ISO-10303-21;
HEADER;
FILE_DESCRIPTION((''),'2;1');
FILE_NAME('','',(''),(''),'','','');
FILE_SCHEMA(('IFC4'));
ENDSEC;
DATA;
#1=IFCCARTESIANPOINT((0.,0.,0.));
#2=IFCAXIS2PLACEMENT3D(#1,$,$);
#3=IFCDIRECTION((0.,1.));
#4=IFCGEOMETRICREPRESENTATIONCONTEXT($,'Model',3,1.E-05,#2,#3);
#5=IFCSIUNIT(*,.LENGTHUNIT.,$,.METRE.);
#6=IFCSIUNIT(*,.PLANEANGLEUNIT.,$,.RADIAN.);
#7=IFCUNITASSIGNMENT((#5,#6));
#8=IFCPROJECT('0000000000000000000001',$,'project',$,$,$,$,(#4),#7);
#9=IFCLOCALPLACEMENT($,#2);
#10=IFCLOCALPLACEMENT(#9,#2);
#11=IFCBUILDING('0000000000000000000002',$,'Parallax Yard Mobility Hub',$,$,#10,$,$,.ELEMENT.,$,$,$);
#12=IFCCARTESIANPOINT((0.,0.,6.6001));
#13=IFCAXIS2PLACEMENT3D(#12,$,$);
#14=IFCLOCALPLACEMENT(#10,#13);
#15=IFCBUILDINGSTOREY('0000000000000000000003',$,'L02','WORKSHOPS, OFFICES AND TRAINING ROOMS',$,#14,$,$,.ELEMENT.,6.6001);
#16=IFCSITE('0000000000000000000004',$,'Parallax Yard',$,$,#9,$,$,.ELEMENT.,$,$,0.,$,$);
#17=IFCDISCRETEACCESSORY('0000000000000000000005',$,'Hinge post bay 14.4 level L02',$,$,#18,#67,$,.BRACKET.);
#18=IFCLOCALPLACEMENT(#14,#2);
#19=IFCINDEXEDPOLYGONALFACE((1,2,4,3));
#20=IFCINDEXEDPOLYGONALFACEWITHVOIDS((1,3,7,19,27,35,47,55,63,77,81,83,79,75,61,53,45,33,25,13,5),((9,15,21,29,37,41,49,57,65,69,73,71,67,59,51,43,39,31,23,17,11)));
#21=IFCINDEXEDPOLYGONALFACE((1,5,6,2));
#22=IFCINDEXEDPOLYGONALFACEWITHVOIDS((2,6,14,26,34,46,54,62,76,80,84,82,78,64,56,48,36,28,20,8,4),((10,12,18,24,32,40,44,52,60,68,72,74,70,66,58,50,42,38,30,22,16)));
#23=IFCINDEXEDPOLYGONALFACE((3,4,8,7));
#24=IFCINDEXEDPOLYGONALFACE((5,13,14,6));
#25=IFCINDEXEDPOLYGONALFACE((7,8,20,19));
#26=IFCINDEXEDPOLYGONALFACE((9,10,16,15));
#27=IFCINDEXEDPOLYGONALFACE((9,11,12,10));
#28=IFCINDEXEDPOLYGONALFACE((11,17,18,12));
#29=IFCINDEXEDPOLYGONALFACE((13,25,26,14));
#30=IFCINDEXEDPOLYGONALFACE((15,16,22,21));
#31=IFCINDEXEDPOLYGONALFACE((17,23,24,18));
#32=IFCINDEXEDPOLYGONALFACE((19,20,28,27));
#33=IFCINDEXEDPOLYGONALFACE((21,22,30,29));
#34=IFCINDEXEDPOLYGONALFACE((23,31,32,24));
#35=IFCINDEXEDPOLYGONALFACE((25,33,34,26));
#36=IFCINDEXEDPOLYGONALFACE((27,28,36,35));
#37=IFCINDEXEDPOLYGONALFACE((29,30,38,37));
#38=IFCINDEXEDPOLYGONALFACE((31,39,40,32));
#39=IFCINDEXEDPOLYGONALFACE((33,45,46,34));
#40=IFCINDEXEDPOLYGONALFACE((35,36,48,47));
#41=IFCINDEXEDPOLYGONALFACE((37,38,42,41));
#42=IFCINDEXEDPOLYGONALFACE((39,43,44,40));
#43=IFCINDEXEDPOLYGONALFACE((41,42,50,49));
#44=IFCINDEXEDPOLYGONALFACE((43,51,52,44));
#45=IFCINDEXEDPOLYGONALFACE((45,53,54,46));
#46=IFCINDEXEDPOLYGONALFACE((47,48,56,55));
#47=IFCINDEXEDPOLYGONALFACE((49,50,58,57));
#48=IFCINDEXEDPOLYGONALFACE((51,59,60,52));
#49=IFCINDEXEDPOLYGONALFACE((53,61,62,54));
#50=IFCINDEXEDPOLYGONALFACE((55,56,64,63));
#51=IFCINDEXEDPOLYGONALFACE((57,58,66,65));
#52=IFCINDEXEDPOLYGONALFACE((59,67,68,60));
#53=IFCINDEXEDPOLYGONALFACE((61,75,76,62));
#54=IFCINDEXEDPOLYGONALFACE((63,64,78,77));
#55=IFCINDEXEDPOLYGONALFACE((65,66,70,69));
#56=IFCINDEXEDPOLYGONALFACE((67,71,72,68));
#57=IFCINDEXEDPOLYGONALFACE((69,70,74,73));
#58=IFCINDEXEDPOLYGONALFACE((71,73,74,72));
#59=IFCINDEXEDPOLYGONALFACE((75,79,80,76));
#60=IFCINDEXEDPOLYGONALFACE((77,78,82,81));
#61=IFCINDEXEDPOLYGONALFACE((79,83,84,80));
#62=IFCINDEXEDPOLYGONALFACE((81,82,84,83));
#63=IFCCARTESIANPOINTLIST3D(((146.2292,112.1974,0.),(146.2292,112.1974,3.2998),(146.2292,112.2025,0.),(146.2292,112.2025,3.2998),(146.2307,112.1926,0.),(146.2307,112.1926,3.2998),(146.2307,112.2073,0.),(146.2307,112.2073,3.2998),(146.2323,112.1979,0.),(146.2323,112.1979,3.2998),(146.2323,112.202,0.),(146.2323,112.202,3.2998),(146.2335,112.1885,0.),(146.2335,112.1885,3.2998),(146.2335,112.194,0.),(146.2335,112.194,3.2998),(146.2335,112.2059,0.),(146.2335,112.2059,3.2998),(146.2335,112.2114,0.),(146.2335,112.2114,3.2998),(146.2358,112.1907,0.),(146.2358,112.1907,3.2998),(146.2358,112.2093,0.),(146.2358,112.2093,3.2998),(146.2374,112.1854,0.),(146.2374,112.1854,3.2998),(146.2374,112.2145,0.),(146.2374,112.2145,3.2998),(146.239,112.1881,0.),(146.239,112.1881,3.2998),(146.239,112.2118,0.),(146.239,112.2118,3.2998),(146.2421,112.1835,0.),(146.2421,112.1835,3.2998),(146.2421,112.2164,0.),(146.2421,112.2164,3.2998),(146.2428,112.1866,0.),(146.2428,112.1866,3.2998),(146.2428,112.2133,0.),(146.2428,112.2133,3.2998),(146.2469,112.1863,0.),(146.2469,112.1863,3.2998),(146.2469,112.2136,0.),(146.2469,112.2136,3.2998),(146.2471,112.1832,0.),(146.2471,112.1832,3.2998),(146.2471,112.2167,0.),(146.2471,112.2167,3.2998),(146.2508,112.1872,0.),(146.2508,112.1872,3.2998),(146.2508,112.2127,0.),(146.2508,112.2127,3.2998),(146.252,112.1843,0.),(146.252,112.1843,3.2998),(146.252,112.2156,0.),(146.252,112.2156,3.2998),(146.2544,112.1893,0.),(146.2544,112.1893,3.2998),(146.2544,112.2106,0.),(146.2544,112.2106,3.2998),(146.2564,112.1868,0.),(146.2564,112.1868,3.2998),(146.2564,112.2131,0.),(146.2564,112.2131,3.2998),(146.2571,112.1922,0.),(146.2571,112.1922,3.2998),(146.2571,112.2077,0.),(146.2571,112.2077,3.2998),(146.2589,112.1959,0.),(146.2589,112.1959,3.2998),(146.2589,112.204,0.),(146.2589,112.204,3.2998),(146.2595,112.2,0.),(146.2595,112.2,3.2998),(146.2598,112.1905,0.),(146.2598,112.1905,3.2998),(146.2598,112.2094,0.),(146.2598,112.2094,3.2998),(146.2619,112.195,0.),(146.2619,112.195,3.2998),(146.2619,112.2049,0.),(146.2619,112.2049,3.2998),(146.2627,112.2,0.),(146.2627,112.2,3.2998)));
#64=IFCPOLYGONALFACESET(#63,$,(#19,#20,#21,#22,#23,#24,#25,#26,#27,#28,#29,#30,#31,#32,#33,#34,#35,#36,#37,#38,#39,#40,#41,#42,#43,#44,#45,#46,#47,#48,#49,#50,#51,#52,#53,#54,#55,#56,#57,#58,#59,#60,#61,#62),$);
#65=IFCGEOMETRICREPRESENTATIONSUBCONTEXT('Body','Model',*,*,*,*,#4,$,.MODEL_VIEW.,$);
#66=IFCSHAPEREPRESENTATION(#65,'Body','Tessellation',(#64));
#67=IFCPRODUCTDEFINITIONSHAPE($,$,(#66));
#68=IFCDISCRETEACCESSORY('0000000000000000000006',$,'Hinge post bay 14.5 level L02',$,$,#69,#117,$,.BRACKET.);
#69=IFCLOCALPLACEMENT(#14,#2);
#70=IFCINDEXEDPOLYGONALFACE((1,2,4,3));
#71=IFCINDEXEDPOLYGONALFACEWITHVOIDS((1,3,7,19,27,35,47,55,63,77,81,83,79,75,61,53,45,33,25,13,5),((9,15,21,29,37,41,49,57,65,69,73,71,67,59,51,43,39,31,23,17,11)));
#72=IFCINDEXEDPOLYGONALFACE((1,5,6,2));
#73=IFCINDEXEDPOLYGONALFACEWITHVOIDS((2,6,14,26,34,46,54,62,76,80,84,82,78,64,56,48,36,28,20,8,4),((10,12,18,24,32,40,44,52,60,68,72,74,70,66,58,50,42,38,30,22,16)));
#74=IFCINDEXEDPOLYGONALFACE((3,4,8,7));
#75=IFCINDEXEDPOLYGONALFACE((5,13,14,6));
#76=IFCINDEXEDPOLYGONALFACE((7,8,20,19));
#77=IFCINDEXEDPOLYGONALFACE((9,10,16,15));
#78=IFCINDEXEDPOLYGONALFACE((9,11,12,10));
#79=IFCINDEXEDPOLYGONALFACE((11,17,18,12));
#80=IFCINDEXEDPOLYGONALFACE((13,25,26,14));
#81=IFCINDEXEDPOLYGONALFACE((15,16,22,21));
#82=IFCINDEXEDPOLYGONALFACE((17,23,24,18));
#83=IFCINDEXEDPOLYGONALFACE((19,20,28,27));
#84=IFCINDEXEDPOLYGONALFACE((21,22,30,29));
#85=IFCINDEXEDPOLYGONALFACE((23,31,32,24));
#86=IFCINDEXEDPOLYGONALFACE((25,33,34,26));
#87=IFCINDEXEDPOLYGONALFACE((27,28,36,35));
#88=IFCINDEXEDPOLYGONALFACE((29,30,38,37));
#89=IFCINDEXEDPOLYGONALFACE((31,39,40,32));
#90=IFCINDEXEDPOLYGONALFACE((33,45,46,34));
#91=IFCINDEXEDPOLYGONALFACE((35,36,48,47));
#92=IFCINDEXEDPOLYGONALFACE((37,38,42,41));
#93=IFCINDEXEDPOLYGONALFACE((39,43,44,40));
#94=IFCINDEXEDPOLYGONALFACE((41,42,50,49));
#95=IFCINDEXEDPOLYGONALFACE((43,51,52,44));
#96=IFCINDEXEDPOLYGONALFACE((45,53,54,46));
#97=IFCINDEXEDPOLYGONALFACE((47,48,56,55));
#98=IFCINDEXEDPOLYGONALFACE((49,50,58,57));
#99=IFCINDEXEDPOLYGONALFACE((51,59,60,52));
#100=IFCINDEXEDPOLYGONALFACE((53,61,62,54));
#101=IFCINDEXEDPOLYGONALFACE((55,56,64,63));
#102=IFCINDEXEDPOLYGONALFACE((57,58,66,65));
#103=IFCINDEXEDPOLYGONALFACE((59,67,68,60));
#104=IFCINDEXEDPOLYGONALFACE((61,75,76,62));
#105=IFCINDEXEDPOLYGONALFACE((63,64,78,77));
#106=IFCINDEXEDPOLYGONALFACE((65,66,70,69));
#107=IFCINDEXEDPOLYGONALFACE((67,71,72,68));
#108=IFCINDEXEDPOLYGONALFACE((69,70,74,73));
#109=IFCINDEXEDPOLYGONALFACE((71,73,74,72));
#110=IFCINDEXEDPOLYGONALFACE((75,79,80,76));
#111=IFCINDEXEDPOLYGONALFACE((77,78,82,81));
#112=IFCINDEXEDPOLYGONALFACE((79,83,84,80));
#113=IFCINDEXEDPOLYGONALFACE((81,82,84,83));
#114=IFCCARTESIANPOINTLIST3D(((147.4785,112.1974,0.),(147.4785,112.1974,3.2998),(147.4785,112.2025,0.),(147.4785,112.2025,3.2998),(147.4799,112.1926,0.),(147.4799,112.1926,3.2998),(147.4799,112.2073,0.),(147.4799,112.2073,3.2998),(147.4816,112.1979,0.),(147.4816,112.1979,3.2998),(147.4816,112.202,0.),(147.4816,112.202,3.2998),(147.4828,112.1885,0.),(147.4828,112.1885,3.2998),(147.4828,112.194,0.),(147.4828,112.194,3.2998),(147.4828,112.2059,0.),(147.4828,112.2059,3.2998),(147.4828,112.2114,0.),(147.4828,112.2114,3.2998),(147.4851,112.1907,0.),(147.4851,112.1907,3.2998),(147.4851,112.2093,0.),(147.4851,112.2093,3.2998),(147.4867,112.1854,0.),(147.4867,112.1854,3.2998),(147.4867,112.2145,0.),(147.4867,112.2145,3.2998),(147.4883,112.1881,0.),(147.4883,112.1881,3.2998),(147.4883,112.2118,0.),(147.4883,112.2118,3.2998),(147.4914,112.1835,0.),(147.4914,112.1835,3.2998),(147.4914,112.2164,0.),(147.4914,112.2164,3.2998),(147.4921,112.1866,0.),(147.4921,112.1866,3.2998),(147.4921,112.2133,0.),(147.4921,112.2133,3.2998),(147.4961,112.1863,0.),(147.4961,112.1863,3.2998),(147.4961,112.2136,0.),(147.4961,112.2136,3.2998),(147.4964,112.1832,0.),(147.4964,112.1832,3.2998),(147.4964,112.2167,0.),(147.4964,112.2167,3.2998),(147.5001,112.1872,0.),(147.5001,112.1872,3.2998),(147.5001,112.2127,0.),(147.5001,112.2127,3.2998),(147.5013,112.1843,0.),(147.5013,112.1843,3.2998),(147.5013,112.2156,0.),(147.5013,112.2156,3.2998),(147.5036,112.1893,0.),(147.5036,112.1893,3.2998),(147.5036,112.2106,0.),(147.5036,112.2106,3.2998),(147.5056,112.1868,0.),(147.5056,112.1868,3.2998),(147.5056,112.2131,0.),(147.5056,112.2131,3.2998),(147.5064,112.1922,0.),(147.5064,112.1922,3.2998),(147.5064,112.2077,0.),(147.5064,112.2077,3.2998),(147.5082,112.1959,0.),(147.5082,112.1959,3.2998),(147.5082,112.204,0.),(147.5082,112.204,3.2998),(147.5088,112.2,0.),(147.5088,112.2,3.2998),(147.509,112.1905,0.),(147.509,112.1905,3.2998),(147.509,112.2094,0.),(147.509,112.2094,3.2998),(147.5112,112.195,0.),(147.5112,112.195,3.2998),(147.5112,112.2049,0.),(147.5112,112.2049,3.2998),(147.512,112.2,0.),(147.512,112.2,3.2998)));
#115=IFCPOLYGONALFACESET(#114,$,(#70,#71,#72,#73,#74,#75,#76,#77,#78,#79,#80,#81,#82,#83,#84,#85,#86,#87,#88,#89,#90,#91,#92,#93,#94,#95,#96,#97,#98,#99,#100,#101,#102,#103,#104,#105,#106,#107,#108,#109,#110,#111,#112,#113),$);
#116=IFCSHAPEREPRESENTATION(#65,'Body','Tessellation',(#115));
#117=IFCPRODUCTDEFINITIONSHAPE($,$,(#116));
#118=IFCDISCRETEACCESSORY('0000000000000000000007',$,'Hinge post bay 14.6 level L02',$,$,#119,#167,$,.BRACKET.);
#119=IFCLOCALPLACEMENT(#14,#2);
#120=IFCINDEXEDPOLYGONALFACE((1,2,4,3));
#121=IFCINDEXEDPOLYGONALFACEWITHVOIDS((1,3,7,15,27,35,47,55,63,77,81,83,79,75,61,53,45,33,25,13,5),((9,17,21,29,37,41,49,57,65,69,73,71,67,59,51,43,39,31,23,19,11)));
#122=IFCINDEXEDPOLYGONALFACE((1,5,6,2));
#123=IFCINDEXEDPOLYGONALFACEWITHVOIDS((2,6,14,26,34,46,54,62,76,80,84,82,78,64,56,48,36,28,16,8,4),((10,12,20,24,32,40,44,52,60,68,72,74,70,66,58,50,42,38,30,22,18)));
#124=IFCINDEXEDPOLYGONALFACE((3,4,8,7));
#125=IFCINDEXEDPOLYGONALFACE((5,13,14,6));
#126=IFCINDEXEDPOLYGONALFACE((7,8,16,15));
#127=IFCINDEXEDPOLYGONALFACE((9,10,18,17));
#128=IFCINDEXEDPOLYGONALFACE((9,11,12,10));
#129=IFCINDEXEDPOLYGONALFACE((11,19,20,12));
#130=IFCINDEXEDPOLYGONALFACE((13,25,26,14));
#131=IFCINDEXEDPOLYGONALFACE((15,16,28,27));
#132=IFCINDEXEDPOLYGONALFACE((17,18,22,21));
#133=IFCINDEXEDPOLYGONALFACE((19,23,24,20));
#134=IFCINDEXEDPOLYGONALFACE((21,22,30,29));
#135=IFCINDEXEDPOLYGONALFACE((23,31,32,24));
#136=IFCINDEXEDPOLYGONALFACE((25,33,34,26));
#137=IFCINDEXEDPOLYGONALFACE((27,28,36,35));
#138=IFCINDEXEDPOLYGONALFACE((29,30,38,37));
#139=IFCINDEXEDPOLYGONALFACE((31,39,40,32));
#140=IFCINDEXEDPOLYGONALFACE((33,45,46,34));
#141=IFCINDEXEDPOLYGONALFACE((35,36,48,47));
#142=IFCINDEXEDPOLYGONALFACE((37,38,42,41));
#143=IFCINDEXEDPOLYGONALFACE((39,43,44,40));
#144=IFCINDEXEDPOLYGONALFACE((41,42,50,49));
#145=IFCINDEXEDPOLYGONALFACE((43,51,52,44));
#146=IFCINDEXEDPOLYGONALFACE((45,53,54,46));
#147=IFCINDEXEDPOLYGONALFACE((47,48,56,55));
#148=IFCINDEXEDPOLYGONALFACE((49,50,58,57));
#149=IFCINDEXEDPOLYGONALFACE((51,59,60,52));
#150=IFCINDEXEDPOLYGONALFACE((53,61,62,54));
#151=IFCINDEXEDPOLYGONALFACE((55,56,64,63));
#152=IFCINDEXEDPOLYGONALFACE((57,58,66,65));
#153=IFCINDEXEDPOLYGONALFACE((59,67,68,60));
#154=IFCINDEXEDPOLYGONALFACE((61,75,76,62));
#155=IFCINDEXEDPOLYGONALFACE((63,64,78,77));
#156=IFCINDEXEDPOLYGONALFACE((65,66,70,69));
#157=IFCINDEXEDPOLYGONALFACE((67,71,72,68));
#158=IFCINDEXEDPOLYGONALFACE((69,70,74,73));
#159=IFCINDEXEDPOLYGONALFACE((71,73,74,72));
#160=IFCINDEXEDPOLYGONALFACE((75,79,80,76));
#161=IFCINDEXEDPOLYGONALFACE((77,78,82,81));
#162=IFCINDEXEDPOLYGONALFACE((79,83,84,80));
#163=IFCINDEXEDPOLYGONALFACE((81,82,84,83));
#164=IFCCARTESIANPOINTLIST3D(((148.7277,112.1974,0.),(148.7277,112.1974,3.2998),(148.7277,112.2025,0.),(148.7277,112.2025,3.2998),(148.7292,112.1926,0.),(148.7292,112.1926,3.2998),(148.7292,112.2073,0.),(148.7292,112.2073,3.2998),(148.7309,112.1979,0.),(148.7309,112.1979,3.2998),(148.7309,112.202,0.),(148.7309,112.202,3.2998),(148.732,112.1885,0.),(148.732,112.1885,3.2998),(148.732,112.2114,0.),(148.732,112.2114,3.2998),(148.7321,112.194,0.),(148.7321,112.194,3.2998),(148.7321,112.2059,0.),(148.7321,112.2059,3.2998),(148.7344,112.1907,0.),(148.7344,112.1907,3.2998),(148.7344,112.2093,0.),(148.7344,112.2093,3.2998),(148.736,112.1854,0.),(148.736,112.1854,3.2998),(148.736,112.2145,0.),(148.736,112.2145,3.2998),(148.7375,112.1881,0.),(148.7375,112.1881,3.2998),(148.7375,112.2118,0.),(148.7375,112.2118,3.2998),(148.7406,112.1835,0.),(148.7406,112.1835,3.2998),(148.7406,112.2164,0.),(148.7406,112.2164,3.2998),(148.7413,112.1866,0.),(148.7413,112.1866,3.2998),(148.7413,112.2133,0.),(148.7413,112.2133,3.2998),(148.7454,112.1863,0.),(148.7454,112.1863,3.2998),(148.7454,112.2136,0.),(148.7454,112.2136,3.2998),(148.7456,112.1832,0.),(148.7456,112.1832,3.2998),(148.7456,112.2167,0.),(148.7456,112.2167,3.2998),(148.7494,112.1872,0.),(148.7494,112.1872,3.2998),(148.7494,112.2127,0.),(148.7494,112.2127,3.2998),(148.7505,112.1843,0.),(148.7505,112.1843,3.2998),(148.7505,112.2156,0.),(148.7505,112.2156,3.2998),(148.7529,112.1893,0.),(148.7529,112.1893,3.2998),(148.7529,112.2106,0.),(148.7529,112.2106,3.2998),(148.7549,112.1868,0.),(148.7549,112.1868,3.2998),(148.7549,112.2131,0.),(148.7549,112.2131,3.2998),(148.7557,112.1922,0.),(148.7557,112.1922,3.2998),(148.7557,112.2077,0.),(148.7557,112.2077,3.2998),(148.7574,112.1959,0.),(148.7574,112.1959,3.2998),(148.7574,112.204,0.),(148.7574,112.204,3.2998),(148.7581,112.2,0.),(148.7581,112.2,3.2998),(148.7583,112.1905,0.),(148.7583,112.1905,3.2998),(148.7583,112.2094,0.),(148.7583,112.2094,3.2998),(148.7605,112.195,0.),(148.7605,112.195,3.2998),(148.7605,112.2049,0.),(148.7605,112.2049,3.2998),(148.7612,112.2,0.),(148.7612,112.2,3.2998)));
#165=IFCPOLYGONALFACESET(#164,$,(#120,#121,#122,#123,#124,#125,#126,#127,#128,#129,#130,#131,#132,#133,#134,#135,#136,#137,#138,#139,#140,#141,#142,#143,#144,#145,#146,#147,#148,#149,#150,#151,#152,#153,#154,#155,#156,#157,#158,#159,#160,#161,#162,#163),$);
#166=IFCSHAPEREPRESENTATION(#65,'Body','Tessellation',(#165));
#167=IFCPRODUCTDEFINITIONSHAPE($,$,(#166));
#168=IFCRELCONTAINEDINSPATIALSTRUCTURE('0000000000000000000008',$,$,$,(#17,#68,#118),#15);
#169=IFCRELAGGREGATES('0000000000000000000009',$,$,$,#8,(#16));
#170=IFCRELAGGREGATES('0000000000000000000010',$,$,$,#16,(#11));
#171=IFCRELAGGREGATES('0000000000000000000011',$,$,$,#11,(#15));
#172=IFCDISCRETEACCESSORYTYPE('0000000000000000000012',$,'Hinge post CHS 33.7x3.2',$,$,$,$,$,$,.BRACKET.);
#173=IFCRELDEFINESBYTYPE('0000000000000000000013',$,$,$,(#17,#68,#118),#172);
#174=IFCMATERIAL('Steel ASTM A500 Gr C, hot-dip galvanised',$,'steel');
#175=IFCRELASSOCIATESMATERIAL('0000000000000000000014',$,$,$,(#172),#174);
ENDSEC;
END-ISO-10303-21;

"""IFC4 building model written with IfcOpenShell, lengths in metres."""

from ifc_helpers import new_model, si_unit, direction, frame, origin, origin_2d, place, context, subcontext, project, spatial, hollow_circle, extrude, material, material_profile, profile_set, type_object, element, save


model = new_model("IFC4")

# Units and contexts
model_context = context("Model", 3, precision=1e-05, world=origin(), true_north=direction((0.0, 1.0)))
body_context = subcontext(model_context, "Body", "Model", "MODEL_VIEW")
ifc_project = project(units=[si_unit("LENGTHUNIT", "METRE"), si_unit("PLANEANGLEUNIT", "RADIAN")], contexts=[model_context])

# Site, building, storey
site_placement = place(None, origin())
site = spatial("IfcSite", under=ifc_project, at=site_placement, Name="Parallax Yard", CompositionType="ELEMENT", RefElevation=0.0)
building_placement = place(site_placement, origin())
building = spatial("IfcBuilding", under=site, at=building_placement, Name="Parallax Yard Mobility Hub", CompositionType="ELEMENT")
storey_placement = place(building_placement, frame((0.0, 0.0, 6.6001)))
storey = spatial("IfcBuildingStorey", under=building, at=storey_placement, Name="L02", Description="WORKSHOPS, OFFICES AND TRAINING ROOMS", CompositionType="ELEMENT", Elevation=6.6001)

# Discrete accessories
ifc_material_1 = material(Name="Steel ASTM A500 Gr C, hot-dip galvanised", Category="steel")
ifc_material_profile_1 = material_profile(ifc_material_1, hollow_circle(Radius=0.0168, WallThickness=0.0032, at=origin_2d()), Name="CHS 33.7x3.2")
ifc_profile_set_1 = profile_set([ifc_material_profile_1], Name="Steel ASTM A500 Gr C, hot-dip galvanised")
discrete_accessory_type_1 = type_object("IfcDiscreteAccessoryType", Name="Hinge post CHS 33.7x3.2", PredefinedType="BRACKET", material=ifc_profile_set_1)
for number, where, z_axis, x_axis, name in (
    (1, (146.2458, 112.2, 0.0), (0.0, 0.0, 1.0), (1.0, 0.0, 0.0), "Hinge post bay 14.4 level L02"),
    (2, (147.4951, 112.2, 0.0), (0.0, 0.0, 1.0), (1.0, 0.0, 0.0), "Hinge post bay 14.5 level L02"),
    (3, (148.7444, 112.2, 0.0), (0.0, 0.0, 1.0), (1.0, 0.0, 0.0), "Hinge post bay 14.6 level L02"),
):
    element("IfcDiscreteAccessory", number, at=place(storey_placement, frame(where, z_axis=z_axis, x_axis=x_axis)), inside=storey, type_object=discrete_accessory_type_1, Name=name, PredefinedType="BRACKET", context=body_context, shape_type="SweptSolid", body=[
        extrude(hollow_circle(Radius=0.0168, WallThickness=0.0032, at=origin_2d()), origin(), (0.0, 0.0, 1.0), 3.2998),
    ])

save(model, "model.ifc")
